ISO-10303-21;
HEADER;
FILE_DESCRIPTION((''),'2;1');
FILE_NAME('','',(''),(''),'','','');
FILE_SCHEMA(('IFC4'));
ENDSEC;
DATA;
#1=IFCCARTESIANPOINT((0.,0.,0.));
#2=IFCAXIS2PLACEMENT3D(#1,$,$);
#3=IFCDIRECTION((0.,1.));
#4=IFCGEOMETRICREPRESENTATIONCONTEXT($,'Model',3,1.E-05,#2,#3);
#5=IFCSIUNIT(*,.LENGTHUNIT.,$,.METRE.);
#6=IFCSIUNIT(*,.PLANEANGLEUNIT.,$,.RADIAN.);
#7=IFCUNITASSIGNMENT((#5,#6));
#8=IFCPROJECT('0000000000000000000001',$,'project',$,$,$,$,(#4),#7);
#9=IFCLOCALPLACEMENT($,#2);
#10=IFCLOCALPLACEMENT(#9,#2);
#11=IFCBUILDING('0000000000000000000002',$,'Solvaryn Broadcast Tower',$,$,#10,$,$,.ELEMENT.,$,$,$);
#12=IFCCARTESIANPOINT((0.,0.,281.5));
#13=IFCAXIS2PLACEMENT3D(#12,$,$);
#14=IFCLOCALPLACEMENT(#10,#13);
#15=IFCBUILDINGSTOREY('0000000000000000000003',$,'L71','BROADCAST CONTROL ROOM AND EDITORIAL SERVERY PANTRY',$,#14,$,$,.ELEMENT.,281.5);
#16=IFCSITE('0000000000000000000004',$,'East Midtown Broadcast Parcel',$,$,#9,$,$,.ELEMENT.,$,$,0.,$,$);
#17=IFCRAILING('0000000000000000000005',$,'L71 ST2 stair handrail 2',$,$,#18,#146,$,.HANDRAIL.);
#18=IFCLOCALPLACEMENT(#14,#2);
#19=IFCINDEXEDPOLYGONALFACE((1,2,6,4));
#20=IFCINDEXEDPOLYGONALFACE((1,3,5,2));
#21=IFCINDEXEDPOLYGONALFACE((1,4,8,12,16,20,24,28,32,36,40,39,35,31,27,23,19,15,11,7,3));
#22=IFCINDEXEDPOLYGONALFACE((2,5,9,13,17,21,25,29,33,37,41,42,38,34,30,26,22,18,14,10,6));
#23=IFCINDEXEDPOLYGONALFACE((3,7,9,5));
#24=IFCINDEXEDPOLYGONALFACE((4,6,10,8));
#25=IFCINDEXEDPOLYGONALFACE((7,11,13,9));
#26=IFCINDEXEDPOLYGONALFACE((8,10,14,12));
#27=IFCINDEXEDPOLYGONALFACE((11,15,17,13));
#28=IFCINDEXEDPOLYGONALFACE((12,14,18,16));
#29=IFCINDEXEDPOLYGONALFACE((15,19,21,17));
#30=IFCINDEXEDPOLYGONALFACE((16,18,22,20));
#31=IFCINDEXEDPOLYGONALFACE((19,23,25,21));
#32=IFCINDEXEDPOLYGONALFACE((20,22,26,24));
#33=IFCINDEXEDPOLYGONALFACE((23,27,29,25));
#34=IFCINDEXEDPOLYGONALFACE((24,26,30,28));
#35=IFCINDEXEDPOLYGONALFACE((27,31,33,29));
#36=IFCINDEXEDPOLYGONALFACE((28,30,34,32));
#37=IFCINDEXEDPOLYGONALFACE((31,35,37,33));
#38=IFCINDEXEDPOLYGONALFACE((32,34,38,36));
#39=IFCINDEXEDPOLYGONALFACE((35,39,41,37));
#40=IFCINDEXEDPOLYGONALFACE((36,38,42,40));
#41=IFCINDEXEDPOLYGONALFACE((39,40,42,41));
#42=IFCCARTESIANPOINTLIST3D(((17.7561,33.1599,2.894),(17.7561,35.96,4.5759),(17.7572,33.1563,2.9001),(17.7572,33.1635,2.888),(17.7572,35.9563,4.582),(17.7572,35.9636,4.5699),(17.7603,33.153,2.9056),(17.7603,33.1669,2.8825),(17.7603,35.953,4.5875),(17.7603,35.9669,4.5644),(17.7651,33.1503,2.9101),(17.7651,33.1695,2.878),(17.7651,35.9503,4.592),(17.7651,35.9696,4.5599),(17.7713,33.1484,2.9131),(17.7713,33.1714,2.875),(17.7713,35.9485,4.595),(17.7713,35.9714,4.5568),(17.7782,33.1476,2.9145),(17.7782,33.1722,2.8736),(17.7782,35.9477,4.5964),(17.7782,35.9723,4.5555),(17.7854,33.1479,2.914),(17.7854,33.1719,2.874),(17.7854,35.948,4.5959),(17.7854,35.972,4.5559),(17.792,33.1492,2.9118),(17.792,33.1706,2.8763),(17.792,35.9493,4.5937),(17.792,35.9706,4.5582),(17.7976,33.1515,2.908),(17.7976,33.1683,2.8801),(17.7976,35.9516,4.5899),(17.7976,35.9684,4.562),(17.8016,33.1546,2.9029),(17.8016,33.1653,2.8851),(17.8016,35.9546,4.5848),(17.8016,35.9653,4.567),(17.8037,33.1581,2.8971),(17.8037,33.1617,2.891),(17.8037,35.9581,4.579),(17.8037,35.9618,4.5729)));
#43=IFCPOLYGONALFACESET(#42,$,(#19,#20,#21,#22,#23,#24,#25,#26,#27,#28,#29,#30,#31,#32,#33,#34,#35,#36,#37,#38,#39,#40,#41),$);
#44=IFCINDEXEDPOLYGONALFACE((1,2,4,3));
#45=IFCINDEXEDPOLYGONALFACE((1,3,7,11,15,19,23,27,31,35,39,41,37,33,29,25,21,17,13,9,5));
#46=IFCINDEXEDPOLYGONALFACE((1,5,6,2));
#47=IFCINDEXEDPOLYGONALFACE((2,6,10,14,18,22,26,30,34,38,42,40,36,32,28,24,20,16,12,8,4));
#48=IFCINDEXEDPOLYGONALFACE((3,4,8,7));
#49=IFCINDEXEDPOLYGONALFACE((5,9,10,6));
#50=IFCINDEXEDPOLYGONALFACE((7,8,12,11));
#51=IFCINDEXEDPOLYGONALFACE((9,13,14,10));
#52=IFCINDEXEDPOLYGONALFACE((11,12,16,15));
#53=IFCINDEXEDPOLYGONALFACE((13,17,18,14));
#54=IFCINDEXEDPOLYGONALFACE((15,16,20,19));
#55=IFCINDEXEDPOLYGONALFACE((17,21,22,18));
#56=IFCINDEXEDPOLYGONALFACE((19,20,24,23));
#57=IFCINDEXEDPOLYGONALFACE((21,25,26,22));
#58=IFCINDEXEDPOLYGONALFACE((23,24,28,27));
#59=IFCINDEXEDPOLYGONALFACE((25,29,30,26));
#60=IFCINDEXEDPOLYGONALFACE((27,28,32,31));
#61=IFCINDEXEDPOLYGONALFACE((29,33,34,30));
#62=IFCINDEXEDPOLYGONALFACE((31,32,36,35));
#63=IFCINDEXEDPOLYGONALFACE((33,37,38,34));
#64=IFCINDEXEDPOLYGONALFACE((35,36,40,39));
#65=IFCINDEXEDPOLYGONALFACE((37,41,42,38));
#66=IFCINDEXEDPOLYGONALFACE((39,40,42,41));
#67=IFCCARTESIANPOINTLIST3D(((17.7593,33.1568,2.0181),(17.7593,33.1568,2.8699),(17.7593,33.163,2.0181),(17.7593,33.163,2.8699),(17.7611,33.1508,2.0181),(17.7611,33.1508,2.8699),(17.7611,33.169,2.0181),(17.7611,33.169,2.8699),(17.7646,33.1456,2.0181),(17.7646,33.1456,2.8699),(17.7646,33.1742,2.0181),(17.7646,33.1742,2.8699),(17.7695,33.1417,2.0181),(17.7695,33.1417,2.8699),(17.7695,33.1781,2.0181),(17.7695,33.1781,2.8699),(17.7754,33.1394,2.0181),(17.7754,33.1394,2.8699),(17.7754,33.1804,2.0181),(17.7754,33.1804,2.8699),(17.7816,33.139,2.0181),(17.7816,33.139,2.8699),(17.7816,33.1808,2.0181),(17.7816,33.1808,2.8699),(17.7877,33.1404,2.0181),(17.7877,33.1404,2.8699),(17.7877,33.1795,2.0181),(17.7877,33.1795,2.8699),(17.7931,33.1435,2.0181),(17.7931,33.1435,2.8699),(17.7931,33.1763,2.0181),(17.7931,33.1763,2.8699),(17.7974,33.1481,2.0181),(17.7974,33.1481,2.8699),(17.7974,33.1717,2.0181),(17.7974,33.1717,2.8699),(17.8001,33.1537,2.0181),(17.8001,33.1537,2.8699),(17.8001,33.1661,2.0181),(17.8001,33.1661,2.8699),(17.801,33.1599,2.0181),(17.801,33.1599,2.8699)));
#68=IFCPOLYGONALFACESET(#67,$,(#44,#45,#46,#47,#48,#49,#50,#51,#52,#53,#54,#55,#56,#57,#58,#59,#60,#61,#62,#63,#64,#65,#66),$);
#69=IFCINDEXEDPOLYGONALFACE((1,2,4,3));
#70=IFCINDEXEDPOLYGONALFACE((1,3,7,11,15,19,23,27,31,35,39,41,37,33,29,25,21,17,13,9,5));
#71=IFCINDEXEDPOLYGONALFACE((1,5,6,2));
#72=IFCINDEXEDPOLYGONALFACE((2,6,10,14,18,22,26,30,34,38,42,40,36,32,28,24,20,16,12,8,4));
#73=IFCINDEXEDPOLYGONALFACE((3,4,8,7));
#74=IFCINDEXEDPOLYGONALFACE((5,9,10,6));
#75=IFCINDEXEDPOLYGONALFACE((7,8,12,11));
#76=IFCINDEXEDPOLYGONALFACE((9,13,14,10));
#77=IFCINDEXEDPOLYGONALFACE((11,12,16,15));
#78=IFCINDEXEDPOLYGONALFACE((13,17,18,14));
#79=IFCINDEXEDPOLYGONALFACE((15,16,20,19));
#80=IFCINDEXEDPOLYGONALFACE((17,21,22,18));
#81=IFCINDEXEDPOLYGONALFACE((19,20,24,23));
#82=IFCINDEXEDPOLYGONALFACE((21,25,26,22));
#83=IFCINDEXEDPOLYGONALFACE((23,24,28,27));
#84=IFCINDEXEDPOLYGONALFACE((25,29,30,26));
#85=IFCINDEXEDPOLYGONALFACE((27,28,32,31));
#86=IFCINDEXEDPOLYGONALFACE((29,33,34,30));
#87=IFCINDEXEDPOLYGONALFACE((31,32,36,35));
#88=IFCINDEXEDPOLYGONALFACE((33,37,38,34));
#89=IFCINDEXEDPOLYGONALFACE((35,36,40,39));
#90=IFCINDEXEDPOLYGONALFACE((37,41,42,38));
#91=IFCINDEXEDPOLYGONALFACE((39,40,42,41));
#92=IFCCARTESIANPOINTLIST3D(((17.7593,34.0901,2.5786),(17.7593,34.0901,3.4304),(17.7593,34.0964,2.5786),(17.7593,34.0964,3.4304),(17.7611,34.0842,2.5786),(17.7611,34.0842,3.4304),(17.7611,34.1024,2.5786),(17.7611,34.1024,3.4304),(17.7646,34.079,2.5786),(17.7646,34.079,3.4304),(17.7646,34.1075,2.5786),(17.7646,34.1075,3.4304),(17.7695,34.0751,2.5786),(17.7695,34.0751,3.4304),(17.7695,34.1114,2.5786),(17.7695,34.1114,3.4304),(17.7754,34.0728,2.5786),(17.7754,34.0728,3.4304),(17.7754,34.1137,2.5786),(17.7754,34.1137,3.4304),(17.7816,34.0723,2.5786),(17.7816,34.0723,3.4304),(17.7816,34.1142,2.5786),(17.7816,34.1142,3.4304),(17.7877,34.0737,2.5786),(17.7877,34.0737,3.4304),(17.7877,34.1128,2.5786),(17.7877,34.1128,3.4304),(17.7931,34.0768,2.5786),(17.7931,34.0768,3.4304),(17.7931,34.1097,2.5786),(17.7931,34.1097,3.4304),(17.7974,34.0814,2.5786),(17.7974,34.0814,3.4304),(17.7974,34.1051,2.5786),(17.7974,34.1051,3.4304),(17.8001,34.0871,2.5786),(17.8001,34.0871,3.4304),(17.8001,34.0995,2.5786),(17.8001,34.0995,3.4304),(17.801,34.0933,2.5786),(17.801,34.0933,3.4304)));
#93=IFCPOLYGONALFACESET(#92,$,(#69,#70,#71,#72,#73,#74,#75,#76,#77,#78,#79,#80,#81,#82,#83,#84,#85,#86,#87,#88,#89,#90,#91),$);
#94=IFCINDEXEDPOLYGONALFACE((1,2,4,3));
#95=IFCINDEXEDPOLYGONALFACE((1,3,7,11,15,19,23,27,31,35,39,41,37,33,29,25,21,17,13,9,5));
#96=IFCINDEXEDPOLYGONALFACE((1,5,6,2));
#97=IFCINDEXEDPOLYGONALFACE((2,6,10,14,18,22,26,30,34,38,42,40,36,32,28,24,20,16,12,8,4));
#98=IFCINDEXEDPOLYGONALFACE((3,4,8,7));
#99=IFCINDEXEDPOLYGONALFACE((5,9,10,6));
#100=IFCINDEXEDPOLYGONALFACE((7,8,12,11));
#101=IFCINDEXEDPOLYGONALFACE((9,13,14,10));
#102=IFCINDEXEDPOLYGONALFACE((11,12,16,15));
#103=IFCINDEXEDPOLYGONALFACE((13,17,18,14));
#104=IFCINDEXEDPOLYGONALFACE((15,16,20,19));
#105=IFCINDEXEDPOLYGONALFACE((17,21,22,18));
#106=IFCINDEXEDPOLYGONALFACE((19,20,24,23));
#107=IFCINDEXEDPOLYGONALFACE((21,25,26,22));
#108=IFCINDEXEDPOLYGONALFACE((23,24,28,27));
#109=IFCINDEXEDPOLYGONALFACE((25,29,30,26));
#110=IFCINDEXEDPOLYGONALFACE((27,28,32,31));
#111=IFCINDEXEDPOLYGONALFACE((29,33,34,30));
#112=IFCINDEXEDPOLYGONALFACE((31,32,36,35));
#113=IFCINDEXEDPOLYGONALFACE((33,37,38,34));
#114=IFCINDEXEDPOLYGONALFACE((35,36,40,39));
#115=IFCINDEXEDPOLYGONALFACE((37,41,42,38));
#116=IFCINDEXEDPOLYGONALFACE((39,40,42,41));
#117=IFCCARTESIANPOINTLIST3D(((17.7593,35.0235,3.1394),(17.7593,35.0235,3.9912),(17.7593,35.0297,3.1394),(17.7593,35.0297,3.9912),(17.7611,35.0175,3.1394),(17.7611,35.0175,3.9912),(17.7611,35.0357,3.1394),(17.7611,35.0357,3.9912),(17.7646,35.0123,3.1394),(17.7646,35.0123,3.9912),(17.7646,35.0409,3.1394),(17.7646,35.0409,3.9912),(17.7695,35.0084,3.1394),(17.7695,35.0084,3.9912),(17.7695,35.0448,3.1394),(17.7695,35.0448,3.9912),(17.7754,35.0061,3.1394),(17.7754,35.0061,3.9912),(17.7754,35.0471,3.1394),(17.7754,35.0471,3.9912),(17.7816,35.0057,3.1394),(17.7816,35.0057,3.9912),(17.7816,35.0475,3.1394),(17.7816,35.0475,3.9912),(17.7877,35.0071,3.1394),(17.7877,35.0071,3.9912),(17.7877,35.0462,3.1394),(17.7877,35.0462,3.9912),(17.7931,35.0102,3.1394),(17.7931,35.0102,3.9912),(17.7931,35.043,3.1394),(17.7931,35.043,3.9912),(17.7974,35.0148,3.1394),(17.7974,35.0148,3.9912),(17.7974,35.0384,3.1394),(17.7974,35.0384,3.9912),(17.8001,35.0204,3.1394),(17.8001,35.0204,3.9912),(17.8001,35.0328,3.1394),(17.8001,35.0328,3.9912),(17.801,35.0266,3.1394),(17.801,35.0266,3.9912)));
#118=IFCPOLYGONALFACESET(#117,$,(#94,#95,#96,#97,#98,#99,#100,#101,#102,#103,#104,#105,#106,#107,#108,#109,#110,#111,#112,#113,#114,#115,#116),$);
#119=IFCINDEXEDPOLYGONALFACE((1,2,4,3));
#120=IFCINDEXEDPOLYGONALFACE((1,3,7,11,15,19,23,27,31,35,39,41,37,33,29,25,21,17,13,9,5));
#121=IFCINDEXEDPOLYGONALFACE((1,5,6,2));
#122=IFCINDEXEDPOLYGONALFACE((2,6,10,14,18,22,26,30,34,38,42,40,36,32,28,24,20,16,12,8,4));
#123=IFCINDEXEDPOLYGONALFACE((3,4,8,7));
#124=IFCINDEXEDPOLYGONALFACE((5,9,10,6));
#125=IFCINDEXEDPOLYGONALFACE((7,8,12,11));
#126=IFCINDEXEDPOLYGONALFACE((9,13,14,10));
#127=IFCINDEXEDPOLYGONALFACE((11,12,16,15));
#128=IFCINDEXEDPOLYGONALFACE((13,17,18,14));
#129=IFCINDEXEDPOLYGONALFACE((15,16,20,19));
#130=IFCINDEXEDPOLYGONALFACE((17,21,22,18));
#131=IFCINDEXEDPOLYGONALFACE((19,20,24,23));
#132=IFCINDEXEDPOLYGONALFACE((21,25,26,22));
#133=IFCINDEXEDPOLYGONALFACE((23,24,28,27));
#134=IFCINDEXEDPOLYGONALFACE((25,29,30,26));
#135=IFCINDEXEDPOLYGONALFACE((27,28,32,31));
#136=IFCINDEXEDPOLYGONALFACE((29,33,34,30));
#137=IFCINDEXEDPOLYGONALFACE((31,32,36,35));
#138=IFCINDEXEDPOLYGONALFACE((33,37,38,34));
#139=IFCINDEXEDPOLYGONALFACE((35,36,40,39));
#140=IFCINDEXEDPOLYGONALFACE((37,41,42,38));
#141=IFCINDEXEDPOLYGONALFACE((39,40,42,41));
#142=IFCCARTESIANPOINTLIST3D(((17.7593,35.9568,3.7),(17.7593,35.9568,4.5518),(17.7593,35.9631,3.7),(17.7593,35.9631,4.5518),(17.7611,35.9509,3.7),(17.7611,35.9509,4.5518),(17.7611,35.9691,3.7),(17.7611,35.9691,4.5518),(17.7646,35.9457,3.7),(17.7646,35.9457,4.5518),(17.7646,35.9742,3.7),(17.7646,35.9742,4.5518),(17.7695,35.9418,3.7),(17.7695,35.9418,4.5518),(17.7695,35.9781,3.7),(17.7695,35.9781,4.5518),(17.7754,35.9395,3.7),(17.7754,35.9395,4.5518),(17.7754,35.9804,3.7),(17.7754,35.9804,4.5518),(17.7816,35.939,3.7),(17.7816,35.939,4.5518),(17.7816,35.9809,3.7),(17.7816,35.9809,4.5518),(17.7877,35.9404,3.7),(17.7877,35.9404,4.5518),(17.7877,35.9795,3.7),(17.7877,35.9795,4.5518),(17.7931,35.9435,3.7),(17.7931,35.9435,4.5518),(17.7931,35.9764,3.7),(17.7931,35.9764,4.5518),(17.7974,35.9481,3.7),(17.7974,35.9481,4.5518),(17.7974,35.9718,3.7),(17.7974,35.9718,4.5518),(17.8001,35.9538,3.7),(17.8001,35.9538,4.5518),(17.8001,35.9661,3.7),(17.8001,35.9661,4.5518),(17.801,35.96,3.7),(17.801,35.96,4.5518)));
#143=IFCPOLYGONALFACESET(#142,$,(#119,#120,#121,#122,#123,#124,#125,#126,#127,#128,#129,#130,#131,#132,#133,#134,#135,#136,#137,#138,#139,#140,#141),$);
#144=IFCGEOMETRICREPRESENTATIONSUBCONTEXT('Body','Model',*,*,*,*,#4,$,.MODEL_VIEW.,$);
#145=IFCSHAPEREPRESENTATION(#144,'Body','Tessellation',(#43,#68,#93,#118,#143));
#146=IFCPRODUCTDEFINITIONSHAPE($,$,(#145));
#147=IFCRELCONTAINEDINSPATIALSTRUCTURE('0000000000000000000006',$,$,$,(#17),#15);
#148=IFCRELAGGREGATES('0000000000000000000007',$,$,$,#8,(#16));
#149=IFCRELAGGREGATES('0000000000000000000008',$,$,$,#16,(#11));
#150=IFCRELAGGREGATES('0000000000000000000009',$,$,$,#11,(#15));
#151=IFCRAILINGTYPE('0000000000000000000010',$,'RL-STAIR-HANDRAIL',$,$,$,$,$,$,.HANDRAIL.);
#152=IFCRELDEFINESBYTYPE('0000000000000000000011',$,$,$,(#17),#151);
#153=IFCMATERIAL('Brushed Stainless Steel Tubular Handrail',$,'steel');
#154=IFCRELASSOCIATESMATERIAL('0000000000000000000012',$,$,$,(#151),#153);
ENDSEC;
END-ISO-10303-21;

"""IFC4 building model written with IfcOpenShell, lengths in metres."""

from ifc_helpers import new_model, si_unit, direction, frame, origin, origin_2d, place, context, subcontext, project, spatial, circle, extrude, material, type_object, element, save


model = new_model("IFC4")

# Units and contexts
model_context = context("Model", 3, precision=1e-05, world=origin(), true_north=direction((0.0, 1.0)))
body_context = subcontext(model_context, "Body", "Model", "MODEL_VIEW")
ifc_project = project(units=[si_unit("LENGTHUNIT", "METRE"), si_unit("PLANEANGLEUNIT", "RADIAN")], contexts=[model_context])

# Site, building, storey
site_placement = place(None, origin())
site = spatial("IfcSite", under=ifc_project, at=site_placement, Name="East Midtown Broadcast Parcel", CompositionType="ELEMENT", RefElevation=0.0)
building_placement = place(site_placement, origin())
building = spatial("IfcBuilding", under=site, at=building_placement, Name="Solvaryn Broadcast Tower", CompositionType="ELEMENT")
storey_placement = place(building_placement, frame((0.0, 0.0, 281.5)))
storey = spatial("IfcBuildingStorey", under=building, at=storey_placement, Name="L71", Description="BROADCAST CONTROL ROOM AND EDITORIAL SERVERY PANTRY", CompositionType="ELEMENT", Elevation=281.5)

# Railing
ifc_material_1 = material(Name="Brushed Stainless Steel Tubular Handrail", Category="steel")
railing_type_1 = type_object("IfcRailingType", Name="RL-STAIR-HANDRAIL", PredefinedType="HANDRAIL", material=ifc_material_1)
railing_1_placement = place(storey_placement, frame((17.78, 33.1599, 2.0181)))
element("IfcRailing", 1, at=railing_1_placement, inside=storey, type_object=railing_type_1, Name="L71 ST2 stair handrail 2", PredefinedType="HANDRAIL", context=body_context, shape_type="SweptSolid", body=[
    extrude(circle(Radius=0.0239, at=origin_2d()), frame((0.0, 0.0, 0.876), z_axis=(0.0, 0.857242, 0.514913), x_axis=(-1.0, 0.0, 0.0)), (0.0, 0.0, 1.0), 3.2664),
    extrude(circle(Radius=0.021, at=origin_2d()), origin(), (0.0, 0.0, 1.0), 0.8518),
    extrude(circle(Radius=0.021, at=origin_2d()), frame((0.0, 0.9333, 0.5605)), (0.0, 0.0, 1.0), 0.8518),
    extrude(circle(Radius=0.021, at=origin_2d()), frame((0.0, 1.8667, 1.1213)), (0.0, 0.0, 1.0), 0.8518),
    extrude(circle(Radius=0.021, at=origin_2d()), frame((0.0, 2.8, 1.6819)), (0.0, 0.0, 1.0), 0.8518),
])

save(model, "model.ifc")
